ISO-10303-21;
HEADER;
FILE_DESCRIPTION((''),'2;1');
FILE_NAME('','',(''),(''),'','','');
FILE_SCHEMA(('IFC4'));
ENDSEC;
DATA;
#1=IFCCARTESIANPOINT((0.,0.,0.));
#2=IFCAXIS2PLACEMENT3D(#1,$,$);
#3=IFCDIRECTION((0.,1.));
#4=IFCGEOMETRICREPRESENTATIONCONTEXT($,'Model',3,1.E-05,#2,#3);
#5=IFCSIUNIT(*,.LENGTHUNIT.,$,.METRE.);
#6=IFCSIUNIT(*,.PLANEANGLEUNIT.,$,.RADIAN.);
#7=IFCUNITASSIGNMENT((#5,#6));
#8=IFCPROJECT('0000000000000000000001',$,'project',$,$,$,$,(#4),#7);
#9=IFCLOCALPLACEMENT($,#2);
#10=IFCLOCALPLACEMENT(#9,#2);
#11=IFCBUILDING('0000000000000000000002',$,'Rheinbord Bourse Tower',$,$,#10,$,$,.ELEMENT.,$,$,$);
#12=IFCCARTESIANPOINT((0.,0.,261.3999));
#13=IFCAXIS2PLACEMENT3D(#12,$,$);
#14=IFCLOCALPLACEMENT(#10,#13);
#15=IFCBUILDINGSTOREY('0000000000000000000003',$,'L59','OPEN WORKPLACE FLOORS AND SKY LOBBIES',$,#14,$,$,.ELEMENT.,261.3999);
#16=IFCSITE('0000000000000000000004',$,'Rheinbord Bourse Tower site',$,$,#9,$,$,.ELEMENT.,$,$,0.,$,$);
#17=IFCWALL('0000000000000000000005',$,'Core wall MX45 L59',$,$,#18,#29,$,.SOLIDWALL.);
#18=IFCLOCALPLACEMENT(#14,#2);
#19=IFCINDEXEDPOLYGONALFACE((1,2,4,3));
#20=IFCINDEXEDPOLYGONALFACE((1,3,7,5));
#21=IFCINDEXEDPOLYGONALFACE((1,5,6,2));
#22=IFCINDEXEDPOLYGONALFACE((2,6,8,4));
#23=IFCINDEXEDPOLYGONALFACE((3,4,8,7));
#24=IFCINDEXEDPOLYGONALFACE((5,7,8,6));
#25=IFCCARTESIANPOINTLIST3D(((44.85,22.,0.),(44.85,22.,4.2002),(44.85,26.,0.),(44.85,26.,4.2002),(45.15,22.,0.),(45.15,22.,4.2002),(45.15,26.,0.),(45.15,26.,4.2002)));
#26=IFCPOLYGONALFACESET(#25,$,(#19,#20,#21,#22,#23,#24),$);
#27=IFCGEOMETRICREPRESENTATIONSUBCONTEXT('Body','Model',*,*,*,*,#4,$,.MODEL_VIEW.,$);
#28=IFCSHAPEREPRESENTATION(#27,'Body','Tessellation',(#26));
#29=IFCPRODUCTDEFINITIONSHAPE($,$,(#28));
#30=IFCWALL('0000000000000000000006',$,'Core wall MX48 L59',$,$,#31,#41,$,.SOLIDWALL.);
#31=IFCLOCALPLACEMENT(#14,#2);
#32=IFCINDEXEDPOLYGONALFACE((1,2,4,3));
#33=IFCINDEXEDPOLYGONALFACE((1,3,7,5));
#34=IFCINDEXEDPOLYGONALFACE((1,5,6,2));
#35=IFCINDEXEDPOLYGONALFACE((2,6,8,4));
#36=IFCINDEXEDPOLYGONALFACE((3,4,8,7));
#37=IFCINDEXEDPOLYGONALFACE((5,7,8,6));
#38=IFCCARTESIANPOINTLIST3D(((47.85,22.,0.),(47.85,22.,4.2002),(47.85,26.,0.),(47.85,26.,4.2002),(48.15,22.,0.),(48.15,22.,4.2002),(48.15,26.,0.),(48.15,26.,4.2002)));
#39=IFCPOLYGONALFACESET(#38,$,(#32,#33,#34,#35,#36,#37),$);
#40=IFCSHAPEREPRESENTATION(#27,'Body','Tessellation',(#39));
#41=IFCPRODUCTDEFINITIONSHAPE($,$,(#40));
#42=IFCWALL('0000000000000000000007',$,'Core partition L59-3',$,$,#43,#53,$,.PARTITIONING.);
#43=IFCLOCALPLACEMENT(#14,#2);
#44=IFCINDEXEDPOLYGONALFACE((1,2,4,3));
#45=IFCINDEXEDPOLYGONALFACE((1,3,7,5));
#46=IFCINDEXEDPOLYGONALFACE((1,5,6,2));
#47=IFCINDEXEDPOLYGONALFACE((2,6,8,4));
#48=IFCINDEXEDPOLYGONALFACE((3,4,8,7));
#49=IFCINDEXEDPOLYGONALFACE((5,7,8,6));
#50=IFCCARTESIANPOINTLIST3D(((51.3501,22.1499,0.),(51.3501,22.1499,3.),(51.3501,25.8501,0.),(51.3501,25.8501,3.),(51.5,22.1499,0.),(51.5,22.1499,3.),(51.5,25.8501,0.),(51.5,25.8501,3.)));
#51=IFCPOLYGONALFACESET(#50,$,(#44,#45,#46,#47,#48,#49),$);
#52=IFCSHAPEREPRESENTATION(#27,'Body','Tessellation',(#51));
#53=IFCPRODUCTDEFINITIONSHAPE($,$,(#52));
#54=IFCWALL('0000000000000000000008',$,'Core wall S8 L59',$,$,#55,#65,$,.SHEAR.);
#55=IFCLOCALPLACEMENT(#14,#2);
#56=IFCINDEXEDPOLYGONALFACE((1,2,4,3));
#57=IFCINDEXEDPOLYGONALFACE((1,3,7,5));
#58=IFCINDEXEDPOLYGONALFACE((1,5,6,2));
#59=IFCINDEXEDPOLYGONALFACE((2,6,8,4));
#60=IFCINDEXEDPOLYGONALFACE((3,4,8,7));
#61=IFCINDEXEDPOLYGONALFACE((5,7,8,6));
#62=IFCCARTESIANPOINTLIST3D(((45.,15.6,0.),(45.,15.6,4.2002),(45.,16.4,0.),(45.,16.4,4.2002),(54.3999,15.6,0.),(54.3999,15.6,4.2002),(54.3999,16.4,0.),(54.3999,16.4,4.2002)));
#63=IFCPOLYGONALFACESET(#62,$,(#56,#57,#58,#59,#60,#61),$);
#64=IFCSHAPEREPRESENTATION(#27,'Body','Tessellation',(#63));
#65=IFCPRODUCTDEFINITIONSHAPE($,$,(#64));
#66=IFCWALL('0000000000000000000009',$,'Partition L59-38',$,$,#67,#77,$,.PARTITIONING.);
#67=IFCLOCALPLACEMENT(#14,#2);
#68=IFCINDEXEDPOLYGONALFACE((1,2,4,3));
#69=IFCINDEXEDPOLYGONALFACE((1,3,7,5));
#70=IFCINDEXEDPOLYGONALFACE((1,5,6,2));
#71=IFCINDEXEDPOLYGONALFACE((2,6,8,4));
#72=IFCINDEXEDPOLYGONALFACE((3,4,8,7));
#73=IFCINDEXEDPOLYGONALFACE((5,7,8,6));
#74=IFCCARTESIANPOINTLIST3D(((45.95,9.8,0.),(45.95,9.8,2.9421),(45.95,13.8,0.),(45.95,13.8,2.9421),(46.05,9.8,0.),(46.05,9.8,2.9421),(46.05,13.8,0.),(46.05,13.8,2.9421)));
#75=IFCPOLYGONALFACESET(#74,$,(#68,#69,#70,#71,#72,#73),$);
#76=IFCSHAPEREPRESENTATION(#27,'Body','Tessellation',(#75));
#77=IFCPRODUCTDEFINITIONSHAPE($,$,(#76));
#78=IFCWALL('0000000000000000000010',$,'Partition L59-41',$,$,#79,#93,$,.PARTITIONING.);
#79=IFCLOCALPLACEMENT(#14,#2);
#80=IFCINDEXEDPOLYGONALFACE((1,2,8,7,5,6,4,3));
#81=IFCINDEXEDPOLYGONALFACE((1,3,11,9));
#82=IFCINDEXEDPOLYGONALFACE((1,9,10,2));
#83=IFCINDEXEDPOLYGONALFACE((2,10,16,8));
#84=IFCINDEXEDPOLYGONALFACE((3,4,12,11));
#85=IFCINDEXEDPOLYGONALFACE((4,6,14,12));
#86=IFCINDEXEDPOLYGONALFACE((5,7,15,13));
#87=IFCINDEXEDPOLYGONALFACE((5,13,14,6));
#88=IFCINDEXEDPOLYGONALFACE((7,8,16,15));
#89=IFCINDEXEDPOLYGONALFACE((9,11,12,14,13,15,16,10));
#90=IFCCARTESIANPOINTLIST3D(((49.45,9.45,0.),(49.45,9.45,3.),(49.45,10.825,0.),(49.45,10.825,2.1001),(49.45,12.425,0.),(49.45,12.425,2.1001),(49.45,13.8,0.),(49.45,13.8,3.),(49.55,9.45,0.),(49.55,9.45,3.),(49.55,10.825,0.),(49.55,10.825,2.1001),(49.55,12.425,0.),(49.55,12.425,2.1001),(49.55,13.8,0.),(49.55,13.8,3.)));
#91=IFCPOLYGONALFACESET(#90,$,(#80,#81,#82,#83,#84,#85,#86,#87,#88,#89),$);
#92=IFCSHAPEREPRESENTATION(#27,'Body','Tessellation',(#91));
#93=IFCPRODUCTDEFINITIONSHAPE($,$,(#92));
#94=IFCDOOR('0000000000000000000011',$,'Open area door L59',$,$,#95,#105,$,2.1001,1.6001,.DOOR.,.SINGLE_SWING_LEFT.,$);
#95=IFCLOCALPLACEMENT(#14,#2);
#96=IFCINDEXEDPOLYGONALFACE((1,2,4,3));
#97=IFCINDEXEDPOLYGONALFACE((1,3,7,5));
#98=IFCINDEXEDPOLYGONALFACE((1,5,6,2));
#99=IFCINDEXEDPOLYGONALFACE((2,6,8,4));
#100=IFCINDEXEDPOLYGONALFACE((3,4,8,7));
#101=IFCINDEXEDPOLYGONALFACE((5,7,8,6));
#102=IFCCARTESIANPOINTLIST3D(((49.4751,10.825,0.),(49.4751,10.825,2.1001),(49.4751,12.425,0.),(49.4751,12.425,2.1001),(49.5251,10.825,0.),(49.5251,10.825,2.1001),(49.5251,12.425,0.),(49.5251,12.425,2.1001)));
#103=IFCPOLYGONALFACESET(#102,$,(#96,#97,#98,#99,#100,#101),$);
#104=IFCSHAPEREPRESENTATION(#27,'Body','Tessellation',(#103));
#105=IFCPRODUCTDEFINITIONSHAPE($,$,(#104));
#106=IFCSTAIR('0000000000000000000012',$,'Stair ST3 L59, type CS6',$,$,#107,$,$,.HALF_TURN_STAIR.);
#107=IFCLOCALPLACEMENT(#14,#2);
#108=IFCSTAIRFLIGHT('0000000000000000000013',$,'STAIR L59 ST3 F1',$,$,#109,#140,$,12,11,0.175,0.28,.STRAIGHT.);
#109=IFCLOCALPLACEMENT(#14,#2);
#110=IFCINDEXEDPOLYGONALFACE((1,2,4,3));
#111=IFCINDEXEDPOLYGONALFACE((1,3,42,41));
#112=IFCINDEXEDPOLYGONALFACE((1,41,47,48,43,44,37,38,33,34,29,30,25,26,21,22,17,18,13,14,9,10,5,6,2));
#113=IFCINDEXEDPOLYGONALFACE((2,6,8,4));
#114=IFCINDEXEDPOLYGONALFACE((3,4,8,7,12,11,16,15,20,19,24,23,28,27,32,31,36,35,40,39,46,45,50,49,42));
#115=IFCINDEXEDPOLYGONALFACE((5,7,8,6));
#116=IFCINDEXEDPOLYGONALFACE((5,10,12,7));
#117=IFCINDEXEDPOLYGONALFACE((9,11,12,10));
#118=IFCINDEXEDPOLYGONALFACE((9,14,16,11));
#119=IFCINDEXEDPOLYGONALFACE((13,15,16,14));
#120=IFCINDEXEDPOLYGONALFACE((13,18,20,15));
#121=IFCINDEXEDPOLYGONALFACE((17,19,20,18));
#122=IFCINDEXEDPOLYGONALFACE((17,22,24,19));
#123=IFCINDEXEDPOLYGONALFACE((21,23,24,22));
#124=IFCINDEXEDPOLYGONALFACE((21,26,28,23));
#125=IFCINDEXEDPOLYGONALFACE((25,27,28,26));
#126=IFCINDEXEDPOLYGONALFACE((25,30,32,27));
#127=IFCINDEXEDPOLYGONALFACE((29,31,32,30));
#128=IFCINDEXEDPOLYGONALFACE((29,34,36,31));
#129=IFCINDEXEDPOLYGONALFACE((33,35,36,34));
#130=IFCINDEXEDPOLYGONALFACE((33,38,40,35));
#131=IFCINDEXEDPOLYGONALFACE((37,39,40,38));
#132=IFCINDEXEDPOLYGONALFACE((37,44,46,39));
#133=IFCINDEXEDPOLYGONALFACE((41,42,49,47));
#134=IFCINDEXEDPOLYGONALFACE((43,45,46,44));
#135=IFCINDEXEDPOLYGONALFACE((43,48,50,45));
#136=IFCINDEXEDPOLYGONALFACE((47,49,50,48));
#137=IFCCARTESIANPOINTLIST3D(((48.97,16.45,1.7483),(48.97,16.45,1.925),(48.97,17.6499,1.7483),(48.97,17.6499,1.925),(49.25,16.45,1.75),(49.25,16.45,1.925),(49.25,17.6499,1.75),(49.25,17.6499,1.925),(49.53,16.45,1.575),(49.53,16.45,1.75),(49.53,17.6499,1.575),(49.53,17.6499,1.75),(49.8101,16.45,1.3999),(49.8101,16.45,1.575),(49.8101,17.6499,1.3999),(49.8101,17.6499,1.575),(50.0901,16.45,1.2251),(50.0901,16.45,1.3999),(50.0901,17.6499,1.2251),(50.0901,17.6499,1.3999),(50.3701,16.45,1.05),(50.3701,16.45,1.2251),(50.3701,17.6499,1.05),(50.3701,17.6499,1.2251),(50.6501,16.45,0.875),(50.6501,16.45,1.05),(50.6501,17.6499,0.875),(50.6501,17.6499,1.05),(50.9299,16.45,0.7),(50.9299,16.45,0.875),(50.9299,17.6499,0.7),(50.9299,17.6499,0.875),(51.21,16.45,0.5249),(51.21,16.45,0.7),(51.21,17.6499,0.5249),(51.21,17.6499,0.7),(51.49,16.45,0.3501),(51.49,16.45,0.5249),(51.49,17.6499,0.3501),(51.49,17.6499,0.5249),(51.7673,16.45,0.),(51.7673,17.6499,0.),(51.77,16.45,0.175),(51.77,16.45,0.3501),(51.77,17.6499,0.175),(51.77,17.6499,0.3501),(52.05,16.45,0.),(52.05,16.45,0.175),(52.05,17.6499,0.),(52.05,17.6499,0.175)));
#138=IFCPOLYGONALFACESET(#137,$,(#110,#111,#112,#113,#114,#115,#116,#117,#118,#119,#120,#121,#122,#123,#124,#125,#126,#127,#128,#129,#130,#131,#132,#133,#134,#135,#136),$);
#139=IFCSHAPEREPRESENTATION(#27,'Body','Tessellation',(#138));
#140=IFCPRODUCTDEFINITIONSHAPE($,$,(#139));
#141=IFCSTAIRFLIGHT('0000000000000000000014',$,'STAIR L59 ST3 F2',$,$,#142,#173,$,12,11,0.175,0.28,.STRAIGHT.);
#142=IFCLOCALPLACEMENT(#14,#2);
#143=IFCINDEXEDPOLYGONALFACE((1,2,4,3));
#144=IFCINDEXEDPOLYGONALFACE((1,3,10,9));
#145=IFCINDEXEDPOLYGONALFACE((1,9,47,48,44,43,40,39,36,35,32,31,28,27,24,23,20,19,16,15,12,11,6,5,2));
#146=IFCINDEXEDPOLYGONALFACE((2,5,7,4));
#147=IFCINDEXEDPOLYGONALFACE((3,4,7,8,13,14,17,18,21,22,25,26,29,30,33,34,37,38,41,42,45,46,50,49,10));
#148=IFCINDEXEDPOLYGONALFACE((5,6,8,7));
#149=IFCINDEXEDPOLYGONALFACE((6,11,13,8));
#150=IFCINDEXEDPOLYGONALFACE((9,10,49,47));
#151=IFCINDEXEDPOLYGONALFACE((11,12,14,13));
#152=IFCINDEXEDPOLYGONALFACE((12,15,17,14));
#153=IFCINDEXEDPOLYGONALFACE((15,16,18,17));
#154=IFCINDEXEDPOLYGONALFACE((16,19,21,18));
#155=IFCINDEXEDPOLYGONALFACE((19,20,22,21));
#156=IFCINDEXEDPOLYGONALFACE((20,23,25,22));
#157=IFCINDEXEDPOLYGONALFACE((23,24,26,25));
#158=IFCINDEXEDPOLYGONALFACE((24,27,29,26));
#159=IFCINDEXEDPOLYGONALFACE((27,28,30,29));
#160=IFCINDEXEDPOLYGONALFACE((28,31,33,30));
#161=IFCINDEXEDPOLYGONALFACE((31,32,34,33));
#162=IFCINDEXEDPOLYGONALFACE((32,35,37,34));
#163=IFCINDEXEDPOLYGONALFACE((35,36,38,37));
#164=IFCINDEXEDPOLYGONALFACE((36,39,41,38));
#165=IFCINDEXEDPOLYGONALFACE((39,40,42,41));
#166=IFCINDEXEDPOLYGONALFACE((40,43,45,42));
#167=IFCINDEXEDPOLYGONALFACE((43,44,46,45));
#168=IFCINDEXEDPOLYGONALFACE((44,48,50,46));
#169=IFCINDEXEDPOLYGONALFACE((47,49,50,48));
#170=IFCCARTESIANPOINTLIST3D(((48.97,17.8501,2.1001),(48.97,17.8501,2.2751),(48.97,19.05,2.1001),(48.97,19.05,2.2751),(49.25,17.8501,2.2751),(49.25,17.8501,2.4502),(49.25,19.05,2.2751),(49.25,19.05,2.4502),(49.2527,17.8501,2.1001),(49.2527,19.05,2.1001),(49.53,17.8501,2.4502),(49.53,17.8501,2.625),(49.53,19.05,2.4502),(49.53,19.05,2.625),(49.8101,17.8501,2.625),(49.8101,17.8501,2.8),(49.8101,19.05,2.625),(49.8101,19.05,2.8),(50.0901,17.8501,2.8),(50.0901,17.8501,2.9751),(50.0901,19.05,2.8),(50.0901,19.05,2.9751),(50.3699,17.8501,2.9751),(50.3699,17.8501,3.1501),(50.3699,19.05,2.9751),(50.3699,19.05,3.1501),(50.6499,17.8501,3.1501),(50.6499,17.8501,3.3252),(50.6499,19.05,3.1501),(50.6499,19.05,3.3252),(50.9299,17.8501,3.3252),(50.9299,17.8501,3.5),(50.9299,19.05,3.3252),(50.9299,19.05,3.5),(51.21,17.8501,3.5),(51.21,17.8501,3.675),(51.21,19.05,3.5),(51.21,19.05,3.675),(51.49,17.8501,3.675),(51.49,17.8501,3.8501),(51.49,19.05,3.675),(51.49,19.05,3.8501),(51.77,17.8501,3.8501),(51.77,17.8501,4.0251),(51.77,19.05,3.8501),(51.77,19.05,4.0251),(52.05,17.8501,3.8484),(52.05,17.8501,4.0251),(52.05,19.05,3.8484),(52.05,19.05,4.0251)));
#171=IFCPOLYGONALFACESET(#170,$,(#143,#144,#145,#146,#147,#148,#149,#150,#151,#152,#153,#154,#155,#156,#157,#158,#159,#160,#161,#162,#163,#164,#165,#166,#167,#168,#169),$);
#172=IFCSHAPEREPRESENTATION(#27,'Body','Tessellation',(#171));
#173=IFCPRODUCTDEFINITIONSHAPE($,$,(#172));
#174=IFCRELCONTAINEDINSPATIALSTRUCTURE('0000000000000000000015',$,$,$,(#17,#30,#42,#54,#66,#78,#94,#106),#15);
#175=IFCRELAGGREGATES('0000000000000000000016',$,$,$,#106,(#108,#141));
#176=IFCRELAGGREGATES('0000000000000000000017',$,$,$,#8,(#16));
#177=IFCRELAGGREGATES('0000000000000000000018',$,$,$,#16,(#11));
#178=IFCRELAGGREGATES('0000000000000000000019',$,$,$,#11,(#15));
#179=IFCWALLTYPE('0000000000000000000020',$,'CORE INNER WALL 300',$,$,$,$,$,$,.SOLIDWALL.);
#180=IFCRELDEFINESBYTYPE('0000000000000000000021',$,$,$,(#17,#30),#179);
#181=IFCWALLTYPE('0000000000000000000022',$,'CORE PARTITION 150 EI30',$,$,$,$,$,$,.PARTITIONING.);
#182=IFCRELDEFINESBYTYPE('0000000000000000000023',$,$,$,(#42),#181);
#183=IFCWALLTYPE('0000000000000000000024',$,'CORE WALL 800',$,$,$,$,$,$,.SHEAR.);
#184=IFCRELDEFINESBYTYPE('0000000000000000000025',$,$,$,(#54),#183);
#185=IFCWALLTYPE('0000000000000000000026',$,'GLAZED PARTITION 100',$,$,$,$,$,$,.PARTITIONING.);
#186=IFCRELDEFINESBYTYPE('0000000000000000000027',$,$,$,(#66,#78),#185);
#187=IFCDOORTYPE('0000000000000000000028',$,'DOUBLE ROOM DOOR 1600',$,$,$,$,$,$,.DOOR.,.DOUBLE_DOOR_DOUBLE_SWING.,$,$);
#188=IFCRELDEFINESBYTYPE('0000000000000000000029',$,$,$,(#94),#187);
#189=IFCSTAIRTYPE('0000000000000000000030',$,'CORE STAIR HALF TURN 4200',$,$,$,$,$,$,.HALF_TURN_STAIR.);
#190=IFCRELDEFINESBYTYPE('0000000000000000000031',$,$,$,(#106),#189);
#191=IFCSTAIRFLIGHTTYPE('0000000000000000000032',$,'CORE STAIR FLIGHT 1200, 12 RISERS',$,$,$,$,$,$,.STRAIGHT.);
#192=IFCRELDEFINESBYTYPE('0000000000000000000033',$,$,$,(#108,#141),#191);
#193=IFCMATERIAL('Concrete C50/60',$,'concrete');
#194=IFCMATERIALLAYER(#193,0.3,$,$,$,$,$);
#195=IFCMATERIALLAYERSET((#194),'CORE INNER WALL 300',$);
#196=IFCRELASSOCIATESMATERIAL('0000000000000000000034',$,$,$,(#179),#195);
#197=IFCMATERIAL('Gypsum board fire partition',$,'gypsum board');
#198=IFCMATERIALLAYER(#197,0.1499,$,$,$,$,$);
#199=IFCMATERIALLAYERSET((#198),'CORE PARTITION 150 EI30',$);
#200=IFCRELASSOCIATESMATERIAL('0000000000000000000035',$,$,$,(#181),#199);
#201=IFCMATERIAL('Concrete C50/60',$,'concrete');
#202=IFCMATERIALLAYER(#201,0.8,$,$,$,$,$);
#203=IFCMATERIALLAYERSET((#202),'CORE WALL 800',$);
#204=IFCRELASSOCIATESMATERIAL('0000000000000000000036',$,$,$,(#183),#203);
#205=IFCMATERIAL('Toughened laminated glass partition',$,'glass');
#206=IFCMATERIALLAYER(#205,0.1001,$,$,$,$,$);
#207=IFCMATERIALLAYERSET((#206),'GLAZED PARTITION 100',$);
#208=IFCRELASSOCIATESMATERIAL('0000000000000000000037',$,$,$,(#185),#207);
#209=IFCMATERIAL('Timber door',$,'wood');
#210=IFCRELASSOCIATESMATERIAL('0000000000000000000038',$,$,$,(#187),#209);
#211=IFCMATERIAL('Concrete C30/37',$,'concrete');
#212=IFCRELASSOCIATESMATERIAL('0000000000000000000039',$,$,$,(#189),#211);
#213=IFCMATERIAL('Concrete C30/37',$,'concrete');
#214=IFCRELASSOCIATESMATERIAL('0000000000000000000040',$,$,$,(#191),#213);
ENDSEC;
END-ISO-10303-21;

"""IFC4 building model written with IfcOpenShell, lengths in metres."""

from ifc_helpers import new_model, si_unit, direction, frame, frame_2d, origin, place, context, subcontext, project, spatial, polyline, rectangle, outline, extrude, material, layer, layer_set, type_object, element, fill, aggregate, save


model = new_model("IFC4")

# Units and contexts
model_context = context("Model", 3, precision=1e-05, world=origin(), true_north=direction((0.0, 1.0)))
body_context = subcontext(model_context, "Body", "Model", "MODEL_VIEW")
ifc_project = project(units=[si_unit("LENGTHUNIT", "METRE"), si_unit("PLANEANGLEUNIT", "RADIAN")], contexts=[model_context])

# Site, building, storey
site_placement = place(None, origin())
site = spatial("IfcSite", under=ifc_project, at=site_placement, Name="Rheinbord Bourse Tower site", CompositionType="ELEMENT", RefElevation=0.0)
building_placement = place(site_placement, origin())
building = spatial("IfcBuilding", under=site, at=building_placement, Name="Rheinbord Bourse Tower", CompositionType="ELEMENT")
storey_placement = place(building_placement, frame((0.0, 0.0, 261.3999)))
storey = spatial("IfcBuildingStorey", under=building, at=storey_placement, Name="L59", Description="OPEN WORKPLACE FLOORS AND SKY LOBBIES", CompositionType="ELEMENT", Elevation=261.3999)

# Shared definitions
ifc_material_1 = material(Name="Concrete C50/60", Category="concrete")
ifc_layer_1 = layer(ifc_material_1, 0.3)
ifc_layer_set_1 = layer_set([ifc_layer_1], Name="CORE INNER WALL 300")
wall_type_1 = type_object("IfcWallType", Name="CORE INNER WALL 300", PredefinedType="SOLIDWALL", material=ifc_layer_set_1)

# Walls
for number, where, z_axis, x_axis, name in (
    (1, (45.0, 22.0, 0.0), (0.0, 0.0, 1.0), (0.0, 1.0, 0.0), "Core wall MX45 L59"),
    (2, (48.0, 22.0, 0.0), (0.0, 0.0, 1.0), (0.0, 1.0, 0.0), "Core wall MX48 L59"),
):
    element("IfcWall", number, at=place(storey_placement, frame(where, z_axis=z_axis, x_axis=x_axis)), inside=storey, type_object=wall_type_1, Name=name, PredefinedType="SOLIDWALL", context=body_context, shape_type="SweptSolid", body=[
        extrude(rectangle(XDim=4.0, YDim=0.3, at=frame_2d((2.0, 0.0))), origin(), (0.0, 0.0, 1.0), 4.2002),
    ])
ifc_material_2 = material(Name="Gypsum board fire partition", Category="gypsum board")
ifc_layer_2 = layer(ifc_material_2, 0.1499)
ifc_layer_set_2 = layer_set([ifc_layer_2], Name="CORE PARTITION 150 EI30")
wall_type_2 = type_object("IfcWallType", Name="CORE PARTITION 150 EI30", PredefinedType="PARTITIONING", material=ifc_layer_set_2)
wall_1_placement = place(storey_placement, frame((51.425, 22.1499, 0.0), z_axis=(0.0, 0.0, 1.0), x_axis=(0.0, 1.0, 0.0)))
element("IfcWall", 3, at=wall_1_placement, inside=storey, type_object=wall_type_2, Name="Core partition L59-3", PredefinedType="PARTITIONING", context=body_context, shape_type="SweptSolid", body=[
    extrude(rectangle(XDim=3.7002, YDim=0.1499, at=frame_2d((1.8501, 0.0))), origin(), (0.0, 0.0, 1.0), 3.0),
])
ifc_material_3 = material(Name="Concrete C50/60", Category="concrete")
ifc_layer_3 = layer(ifc_material_3, 0.8)
ifc_layer_set_3 = layer_set([ifc_layer_3], Name="CORE WALL 800")
wall_type_3 = type_object("IfcWallType", Name="CORE WALL 800", PredefinedType="SHEAR", material=ifc_layer_set_3)
wall_2_placement = place(storey_placement, frame((45.0, 16.0, 0.0), z_axis=(0.0, 0.0, 1.0), x_axis=(1.0, 0.0, 0.0)))
element("IfcWall", 4, at=wall_2_placement, inside=storey, type_object=wall_type_3, Name="Core wall S8 L59", PredefinedType="SHEAR", context=body_context, shape_type="SweptSolid", body=[
    extrude(rectangle(XDim=9.3999, YDim=0.8, at=frame_2d((4.7, 0.0))), origin(), (0.0, 0.0, 1.0), 4.2002),
])
ifc_material_4 = material(Name="Toughened laminated glass partition", Category="glass")
ifc_layer_4 = layer(ifc_material_4, 0.1001)
ifc_layer_set_4 = layer_set([ifc_layer_4], Name="GLAZED PARTITION 100")
wall_type_4 = type_object("IfcWallType", Name="GLAZED PARTITION 100", PredefinedType="PARTITIONING", material=ifc_layer_set_4)
wall_3_placement = place(storey_placement, frame((46.0, 9.8, 0.0), z_axis=(0.0, 0.0, 1.0), x_axis=(0.0, 1.0, 0.0)))
element("IfcWall", 5, at=wall_3_placement, inside=storey, type_object=wall_type_4, Name="Partition L59-38", PredefinedType="PARTITIONING", context=body_context, shape_type="SweptSolid", body=[
    extrude(rectangle(XDim=4.0, YDim=0.1001, at=frame_2d((2.0, 0.0))), origin(), (0.0, 0.0, 1.0), 2.9421),
])

# Wall, opening, door
wall_4_placement = place(storey_placement, frame((49.5, 9.45, 0.0), z_axis=(0.0, 0.0, 1.0), x_axis=(0.0, 1.0, 0.0)))
wall_4 = element("IfcWall", 6, at=wall_4_placement, inside=storey, type_object=wall_type_4, Name="Partition L59-41", PredefinedType="PARTITIONING", context=body_context, shape_type="SweptSolid", body=[
    extrude(rectangle(XDim=4.3501, YDim=0.1001, at=frame_2d((2.175, 0.0))), origin(), (0.0, 0.0, 1.0), 3.0),
])
opening_1_placement = place(wall_4_placement, frame((1.375, 0.0, 0.0)))
opening_1 = element("IfcOpeningElement", 7, at=opening_1_placement, cuts=wall_4, PredefinedType="OPENING", context=body_context, shape_type="SweptSolid", body=[
    extrude(rectangle(XDim=1.6001, YDim=2.1001, at=frame_2d((0.8, 1.05))), frame((0.0, 0.0601, 0.0), z_axis=(0.0, -1.0, 0.0), x_axis=(1.0, 0.0, 0.0)), (0.0, 0.0, 1.0), 0.1201),
])
ifc_material_5 = material(Name="Timber door", Category="wood")
door_type_1 = type_object("IfcDoorType", Name="DOUBLE ROOM DOOR 1600", OperationType="DOUBLE_DOOR_DOUBLE_SWING", PredefinedType="DOOR", material=ifc_material_5)
door_1_placement = place(opening_1_placement, origin())
door_1 = element("IfcDoor", 8, at=door_1_placement, inside=storey, type_object=door_type_1, Name="Open area door L59", OperationType="SINGLE_SWING_LEFT", OverallHeight=2.1001, OverallWidth=1.6001, PredefinedType="DOOR", context=body_context, shape_type="SweptSolid", body=[
    extrude(rectangle(XDim=1.6001, YDim=2.1001, at=frame_2d((0.8, 1.05))), frame((0.0, 0.0249, 0.0), z_axis=(0.0, -1.0, 0.0), x_axis=(1.0, 0.0, 0.0)), (0.0, 0.0, 1.0), 0.05),
])
fill(opening_1, door_1)

# Stair, stair flights
ifc_material_6 = material(Name="Concrete C30/37", Category="concrete")
stair_type = type_object("IfcStairType", Name="CORE STAIR HALF TURN 4200", PredefinedType="HALF_TURN_STAIR", material=ifc_material_6)
stair_placement = place(storey_placement, origin())
stair = element("IfcStair", 9, at=stair_placement, inside=storey, type_object=stair_type, Name="Stair ST3 L59, type CS6", PredefinedType="HALF_TURN_STAIR")
ifc_material_7 = material(Name="Concrete C30/37", Category="concrete")
stair_flight_type = type_object("IfcStairFlightType", Name="CORE STAIR FLIGHT 1200, 12 RISERS", PredefinedType="STRAIGHT", material=ifc_material_7)
stair_flight_1_placement = place(storey_placement, frame((52.05, 17.05, 0.0), z_axis=(0.0, 0.0, 1.0), x_axis=(-1.0, 0.0, 0.0)))
stair_flight_1 = element("IfcStairFlight", 10, at=stair_flight_1_placement, type_object=stair_flight_type, Name="STAIR L59 ST3 F1", NumberOfRisers=12, NumberOfTreads=11, PredefinedType="STRAIGHT", RiserHeight=0.175, TreadLength=0.28, context=body_context, shape_type="SweptSolid", body=[
    extrude(outline(polyline([(0.0, 0.0), (0.0, 0.175), (0.28, 0.175), (0.28, 0.3501), (0.5601, 0.3501), (0.5601, 0.5249), (0.8401, 0.5249), (0.8401, 0.7), (1.1201, 0.7), (1.1201, 0.875), (1.3999, 0.875), (1.3999, 1.05), (1.6799, 1.05), (1.6799, 1.2251), (1.96, 1.2251), (1.96, 1.3999), (2.24, 1.3999), (2.24, 1.575), (2.52, 1.575), (2.52, 1.75), (2.8, 1.75), (2.8, 1.925), (3.0801, 1.925), (3.0801, 2.1001), (3.0801, 1.7483), (0.2827, 0.0), (0.0, 0.0)])), frame((0.0, 0.6001, 0.0), z_axis=(0.0, -1.0, 0.0), x_axis=(1.0, 0.0, 0.0)), (0.0, 0.0, 1.0), 1.2),
])
stair_flight_2_placement = place(storey_placement, frame((48.97, 18.45, 2.1001), z_axis=(0.0, 0.0, 1.0), x_axis=(1.0, 0.0, 0.0)))
stair_flight_2 = element("IfcStairFlight", 11, at=stair_flight_2_placement, type_object=stair_flight_type, Name="STAIR L59 ST3 F2", NumberOfRisers=12, NumberOfTreads=11, PredefinedType="STRAIGHT", RiserHeight=0.175, TreadLength=0.28, context=body_context, shape_type="SweptSolid", body=[
    extrude(outline(polyline([(0.0, 0.0), (0.0, 0.175), (0.28, 0.175), (0.28, 0.3501), (0.5601, 0.3501), (0.5601, 0.5249), (0.8401, 0.5249), (0.8401, 0.7), (1.1201, 0.7), (1.1201, 0.875), (1.3999, 0.875), (1.3999, 1.05), (1.6799, 1.05), (1.6799, 1.2251), (1.96, 1.2251), (1.96, 1.3999), (2.24, 1.3999), (2.24, 1.575), (2.52, 1.575), (2.52, 1.75), (2.8, 1.75), (2.8, 1.925), (3.0801, 1.925), (3.0801, 2.1001), (3.0801, 1.7483), (0.2827, 0.0), (0.0, 0.0)])), frame((0.0, 0.6001, 0.0), z_axis=(0.0, -1.0, 0.0), x_axis=(1.0, 0.0, 0.0)), (0.0, 0.0, 1.0), 1.2),
])
aggregate(stair, [stair_flight_1, stair_flight_2])

save(model, "model.ifc")
